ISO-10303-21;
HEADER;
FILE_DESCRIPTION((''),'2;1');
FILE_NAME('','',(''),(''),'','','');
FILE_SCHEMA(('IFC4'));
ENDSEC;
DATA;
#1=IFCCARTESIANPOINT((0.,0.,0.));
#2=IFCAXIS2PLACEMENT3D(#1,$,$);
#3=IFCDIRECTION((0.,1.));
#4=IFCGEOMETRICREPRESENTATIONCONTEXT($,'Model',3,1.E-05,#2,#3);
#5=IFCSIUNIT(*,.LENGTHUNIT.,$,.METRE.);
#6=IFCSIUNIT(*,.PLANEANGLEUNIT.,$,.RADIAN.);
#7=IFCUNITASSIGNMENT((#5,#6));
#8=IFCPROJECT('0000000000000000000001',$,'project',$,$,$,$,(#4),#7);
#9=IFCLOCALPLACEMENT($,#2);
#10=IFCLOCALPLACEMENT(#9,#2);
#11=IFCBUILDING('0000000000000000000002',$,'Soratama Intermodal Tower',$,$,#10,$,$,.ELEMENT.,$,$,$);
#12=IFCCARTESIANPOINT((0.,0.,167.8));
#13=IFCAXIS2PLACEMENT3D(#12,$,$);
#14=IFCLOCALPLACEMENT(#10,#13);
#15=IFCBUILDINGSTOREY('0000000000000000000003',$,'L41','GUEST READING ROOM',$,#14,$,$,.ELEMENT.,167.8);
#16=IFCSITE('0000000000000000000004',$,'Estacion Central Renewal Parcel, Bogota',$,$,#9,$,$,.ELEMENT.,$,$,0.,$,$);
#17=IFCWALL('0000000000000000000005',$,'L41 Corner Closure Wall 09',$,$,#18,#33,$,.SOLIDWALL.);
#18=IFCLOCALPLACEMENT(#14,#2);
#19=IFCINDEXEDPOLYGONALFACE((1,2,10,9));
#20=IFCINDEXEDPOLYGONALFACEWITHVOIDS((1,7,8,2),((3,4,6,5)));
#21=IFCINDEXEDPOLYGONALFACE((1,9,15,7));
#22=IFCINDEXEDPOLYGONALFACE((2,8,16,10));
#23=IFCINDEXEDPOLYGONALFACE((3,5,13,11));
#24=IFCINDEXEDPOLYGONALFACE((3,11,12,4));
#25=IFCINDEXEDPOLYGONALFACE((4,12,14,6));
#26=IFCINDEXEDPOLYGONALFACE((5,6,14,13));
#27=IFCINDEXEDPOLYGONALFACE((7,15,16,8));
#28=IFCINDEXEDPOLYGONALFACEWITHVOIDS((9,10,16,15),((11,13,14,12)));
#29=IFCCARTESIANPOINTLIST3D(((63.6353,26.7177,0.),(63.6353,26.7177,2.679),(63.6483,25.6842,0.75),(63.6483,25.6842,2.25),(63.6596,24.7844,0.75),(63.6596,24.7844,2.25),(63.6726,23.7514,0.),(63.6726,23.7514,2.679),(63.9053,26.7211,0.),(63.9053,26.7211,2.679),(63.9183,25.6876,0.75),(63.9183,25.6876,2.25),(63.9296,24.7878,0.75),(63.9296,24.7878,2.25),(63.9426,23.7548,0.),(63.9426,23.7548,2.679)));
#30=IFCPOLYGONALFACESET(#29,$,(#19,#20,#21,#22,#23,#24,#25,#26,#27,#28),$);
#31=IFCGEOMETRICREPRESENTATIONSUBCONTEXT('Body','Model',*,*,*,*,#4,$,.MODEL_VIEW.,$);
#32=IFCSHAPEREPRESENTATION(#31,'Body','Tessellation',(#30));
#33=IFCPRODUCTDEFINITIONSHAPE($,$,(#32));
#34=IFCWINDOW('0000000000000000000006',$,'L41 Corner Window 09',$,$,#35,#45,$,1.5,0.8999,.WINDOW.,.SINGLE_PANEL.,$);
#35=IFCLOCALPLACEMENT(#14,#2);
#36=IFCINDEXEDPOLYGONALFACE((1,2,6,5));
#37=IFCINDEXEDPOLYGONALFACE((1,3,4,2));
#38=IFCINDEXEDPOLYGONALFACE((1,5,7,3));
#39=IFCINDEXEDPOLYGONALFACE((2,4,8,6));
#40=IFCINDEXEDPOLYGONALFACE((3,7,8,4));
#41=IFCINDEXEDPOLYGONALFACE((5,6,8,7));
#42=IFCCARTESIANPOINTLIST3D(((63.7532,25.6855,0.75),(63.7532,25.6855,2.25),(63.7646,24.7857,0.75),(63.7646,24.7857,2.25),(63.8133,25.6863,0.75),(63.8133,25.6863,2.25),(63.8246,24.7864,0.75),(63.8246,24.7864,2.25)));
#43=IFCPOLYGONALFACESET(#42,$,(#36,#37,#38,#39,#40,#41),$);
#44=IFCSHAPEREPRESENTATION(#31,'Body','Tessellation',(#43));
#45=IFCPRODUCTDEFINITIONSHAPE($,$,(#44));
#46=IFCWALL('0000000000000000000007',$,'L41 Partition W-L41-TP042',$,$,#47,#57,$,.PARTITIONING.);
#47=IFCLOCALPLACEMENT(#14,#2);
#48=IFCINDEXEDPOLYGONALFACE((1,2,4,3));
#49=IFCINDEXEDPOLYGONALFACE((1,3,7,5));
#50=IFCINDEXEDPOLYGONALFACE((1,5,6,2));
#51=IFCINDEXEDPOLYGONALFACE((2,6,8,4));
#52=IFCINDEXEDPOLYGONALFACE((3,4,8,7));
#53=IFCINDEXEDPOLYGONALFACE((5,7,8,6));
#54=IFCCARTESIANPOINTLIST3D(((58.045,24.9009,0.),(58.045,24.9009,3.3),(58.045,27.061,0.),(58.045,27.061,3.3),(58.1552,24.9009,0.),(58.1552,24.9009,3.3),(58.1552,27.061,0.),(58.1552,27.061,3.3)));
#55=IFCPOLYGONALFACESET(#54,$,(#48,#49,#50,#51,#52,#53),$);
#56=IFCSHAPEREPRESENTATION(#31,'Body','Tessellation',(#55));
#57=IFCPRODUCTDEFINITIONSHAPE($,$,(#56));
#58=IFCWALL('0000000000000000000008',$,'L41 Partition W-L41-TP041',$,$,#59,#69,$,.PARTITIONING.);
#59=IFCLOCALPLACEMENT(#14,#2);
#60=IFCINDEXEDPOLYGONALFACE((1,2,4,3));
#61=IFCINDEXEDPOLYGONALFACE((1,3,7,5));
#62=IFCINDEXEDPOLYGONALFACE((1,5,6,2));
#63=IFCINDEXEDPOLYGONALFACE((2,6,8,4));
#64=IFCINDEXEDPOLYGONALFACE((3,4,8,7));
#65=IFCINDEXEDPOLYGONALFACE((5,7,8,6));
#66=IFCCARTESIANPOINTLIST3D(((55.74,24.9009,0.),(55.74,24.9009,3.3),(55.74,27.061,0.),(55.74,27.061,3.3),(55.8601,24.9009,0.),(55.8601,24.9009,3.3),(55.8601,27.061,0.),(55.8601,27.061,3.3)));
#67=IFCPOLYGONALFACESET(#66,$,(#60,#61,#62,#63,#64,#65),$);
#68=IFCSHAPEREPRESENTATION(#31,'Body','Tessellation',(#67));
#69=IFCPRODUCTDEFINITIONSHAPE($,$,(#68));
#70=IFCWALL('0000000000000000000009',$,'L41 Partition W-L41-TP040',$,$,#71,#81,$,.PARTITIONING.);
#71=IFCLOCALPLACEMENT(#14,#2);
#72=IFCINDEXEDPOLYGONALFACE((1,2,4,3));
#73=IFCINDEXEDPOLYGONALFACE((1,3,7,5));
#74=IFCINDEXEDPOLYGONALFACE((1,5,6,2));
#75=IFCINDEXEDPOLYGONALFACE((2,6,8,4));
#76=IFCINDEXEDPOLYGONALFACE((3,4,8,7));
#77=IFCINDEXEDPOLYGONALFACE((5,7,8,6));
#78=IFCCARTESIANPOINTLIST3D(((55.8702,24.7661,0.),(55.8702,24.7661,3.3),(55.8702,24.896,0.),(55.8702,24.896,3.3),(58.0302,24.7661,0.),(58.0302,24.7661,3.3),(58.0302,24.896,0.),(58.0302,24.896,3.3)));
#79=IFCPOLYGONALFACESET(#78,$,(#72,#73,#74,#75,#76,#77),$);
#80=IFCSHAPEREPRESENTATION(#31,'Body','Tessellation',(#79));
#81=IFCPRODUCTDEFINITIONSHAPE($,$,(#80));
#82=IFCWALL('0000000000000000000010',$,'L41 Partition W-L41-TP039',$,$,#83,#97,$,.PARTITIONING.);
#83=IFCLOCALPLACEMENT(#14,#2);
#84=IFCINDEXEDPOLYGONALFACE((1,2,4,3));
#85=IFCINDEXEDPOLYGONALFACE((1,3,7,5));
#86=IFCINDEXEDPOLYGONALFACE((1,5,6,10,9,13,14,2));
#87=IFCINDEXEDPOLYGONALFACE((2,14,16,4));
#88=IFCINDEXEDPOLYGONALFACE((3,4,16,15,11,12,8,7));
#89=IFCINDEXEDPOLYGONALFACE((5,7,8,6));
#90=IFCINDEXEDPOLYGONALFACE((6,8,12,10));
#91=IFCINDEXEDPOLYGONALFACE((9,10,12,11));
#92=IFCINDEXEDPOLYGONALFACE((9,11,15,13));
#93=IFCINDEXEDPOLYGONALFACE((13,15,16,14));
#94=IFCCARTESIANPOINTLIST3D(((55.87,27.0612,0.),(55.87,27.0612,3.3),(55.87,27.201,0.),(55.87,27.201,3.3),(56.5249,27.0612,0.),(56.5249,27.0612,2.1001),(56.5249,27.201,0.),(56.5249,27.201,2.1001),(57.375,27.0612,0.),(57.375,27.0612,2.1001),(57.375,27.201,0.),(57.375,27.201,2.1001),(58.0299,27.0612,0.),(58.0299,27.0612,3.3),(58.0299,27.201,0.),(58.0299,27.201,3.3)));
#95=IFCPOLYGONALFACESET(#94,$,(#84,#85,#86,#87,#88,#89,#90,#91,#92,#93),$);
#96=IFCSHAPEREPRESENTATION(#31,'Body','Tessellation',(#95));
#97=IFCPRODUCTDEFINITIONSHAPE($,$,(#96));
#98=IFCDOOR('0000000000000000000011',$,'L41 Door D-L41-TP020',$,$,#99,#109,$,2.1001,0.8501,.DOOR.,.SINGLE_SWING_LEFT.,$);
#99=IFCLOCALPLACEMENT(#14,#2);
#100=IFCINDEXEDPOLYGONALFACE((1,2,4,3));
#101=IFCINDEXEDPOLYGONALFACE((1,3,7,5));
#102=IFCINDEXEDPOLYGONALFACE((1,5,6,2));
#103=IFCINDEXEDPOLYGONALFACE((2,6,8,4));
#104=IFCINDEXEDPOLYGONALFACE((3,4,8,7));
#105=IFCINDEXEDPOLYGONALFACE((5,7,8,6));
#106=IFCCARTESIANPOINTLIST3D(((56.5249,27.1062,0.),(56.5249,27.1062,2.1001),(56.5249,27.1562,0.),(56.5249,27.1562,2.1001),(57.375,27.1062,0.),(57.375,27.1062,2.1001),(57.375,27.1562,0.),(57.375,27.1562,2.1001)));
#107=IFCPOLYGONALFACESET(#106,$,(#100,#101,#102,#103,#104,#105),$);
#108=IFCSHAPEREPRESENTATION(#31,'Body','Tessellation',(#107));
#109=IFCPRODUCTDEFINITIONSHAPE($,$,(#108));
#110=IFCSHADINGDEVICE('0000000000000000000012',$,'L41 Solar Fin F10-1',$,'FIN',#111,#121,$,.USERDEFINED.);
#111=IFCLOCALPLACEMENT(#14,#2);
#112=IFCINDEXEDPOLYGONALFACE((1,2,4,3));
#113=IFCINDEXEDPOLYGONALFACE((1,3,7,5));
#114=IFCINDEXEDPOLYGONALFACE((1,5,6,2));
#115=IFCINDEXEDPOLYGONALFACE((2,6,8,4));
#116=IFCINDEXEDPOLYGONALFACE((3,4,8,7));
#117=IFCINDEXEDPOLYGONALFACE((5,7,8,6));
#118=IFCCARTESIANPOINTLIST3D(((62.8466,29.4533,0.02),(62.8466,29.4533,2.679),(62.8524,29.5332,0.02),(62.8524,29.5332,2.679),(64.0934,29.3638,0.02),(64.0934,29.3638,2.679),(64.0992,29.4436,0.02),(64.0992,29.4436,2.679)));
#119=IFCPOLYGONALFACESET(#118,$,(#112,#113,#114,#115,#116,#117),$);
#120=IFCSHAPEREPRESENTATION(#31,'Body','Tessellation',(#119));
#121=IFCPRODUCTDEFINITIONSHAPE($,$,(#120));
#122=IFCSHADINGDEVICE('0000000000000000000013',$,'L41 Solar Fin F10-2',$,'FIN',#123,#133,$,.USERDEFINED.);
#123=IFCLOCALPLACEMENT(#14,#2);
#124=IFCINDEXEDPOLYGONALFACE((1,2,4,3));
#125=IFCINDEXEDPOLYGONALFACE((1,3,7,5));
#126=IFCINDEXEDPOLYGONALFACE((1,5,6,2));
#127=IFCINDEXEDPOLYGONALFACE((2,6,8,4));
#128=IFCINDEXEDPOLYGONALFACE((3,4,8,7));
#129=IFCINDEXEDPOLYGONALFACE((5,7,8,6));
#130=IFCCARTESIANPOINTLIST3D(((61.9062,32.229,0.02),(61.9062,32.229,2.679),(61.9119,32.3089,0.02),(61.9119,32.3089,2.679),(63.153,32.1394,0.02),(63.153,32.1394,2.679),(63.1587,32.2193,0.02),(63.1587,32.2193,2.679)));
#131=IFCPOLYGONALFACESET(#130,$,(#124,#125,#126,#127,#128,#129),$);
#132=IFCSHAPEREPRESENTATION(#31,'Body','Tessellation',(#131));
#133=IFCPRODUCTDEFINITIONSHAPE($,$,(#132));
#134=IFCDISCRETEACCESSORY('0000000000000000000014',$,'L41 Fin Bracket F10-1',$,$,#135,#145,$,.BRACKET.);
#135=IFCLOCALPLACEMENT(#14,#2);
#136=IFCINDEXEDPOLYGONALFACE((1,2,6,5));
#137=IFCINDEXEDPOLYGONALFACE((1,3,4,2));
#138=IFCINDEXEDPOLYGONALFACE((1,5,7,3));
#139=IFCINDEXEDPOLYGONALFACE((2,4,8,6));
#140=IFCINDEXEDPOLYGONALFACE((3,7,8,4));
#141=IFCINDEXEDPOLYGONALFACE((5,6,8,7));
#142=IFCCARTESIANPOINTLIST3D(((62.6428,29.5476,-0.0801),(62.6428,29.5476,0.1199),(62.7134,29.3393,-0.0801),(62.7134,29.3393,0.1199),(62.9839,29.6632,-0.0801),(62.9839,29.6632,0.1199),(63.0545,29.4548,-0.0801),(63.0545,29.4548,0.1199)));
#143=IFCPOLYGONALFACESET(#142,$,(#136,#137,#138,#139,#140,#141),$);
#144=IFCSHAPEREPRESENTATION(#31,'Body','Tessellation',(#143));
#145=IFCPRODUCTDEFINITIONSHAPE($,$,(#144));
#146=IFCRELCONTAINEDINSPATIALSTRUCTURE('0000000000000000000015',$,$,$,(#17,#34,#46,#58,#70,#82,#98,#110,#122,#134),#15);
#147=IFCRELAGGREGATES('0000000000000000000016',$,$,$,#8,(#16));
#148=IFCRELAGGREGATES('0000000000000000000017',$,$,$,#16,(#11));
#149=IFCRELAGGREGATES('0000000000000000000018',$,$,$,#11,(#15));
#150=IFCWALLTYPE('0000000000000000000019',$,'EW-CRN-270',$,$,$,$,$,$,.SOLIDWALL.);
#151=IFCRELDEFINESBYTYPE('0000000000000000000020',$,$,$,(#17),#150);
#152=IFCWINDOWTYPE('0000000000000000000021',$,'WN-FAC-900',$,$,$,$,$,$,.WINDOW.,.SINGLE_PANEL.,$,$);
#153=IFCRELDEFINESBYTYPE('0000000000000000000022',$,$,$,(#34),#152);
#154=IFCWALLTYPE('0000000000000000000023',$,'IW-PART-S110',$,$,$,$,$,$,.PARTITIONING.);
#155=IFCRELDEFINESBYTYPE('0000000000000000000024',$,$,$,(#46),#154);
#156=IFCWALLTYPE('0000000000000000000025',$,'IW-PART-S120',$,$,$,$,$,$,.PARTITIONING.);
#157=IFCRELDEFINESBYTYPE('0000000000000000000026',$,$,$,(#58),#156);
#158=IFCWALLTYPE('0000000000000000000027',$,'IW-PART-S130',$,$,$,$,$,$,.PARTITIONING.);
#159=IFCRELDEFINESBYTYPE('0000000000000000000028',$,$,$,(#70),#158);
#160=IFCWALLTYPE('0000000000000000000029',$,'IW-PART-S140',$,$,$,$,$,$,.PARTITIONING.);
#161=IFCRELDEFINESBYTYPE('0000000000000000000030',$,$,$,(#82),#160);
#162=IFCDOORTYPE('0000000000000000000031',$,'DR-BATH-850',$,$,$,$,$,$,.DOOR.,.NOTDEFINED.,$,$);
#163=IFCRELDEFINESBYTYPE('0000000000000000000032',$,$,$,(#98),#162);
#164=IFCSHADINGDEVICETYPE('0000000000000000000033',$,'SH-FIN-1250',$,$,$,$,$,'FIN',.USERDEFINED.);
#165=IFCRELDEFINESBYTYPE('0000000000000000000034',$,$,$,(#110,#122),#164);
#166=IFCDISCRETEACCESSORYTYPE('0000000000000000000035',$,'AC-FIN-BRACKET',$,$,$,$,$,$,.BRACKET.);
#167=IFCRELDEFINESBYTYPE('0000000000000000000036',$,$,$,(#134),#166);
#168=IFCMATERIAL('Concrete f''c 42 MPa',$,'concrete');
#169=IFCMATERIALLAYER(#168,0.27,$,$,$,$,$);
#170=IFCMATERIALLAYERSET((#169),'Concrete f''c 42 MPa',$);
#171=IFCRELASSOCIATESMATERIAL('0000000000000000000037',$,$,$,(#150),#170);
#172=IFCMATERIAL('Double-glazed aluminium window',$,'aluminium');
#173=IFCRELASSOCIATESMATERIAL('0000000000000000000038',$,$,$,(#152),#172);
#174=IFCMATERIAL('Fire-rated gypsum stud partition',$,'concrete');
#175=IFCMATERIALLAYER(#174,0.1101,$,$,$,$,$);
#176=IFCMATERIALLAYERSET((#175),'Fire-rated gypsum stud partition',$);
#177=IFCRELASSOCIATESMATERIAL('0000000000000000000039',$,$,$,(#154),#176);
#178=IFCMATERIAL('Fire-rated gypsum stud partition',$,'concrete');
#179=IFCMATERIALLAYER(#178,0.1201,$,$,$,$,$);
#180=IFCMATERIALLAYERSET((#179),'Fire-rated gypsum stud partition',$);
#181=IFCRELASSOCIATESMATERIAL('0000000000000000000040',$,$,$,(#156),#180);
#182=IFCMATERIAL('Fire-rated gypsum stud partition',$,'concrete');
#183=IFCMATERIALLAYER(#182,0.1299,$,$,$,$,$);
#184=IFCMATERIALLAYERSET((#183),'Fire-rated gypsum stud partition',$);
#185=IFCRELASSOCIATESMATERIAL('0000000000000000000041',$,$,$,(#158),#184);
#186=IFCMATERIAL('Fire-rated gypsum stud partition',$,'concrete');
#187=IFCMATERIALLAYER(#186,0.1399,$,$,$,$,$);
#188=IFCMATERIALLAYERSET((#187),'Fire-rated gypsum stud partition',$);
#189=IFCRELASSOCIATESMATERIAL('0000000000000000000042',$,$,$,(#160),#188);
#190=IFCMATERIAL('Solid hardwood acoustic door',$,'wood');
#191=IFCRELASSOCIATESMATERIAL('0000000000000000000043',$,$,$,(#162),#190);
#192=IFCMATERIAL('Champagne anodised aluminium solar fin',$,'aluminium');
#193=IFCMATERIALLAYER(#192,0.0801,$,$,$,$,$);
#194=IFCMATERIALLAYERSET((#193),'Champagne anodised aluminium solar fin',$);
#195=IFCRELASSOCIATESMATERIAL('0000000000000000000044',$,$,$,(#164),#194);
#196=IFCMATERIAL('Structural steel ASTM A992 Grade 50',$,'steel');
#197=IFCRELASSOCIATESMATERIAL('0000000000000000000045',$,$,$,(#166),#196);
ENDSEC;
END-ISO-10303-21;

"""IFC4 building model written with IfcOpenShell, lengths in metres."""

from ifc_helpers import new_model, si_unit, direction, frame, frame_2d, origin, origin_2d, place, context, subcontext, project, spatial, rectangle, extrude, material, layer, layer_set, type_object, element, fill, save


model = new_model("IFC4")

# Units and contexts
model_context = context("Model", 3, precision=1e-05, world=origin(), true_north=direction((0.0, 1.0)))
body_context = subcontext(model_context, "Body", "Model", "MODEL_VIEW")
ifc_project = project(units=[si_unit("LENGTHUNIT", "METRE"), si_unit("PLANEANGLEUNIT", "RADIAN")], contexts=[model_context])

# Site, building, storey
site_placement = place(None, origin())
site = spatial("IfcSite", under=ifc_project, at=site_placement, Name="Estacion Central Renewal Parcel, Bogota", CompositionType="ELEMENT", RefElevation=0.0)
building_placement = place(site_placement, origin())
building = spatial("IfcBuilding", under=site, at=building_placement, Name="Soratama Intermodal Tower", CompositionType="ELEMENT")
storey_placement = place(building_placement, frame((0.0, 0.0, 167.8)))
storey = spatial("IfcBuildingStorey", under=building, at=storey_placement, Name="L41", Description="GUEST READING ROOM", CompositionType="ELEMENT", Elevation=167.8)

# Wall, opening, window
ifc_material_1 = material(Name="Concrete f'c 42 MPa", Category="concrete")
ifc_layer_1 = layer(ifc_material_1, 0.27)
ifc_layer_set_1 = layer_set([ifc_layer_1], Name="Concrete f'c 42 MPa")
wall_type_1 = type_object("IfcWallType", Name="EW-CRN-270", PredefinedType="SOLIDWALL", material=ifc_layer_set_1)
wall_1_placement = place(storey_placement, frame((63.8076, 23.7529, 0.0), z_axis=(0.0, 0.0, 1.0), x_axis=(-0.012592, 0.999921, 0.0)))
wall_1 = element("IfcWall", 1, at=wall_1_placement, inside=storey, type_object=wall_type_1, Name="L41 Corner Closure Wall 09", PredefinedType="SOLIDWALL", context=body_context, shape_type="SweptSolid", body=[
    extrude(rectangle(XDim=2.9666, YDim=0.27, at=frame_2d((1.4834, 0.0))), origin(), (0.0, 0.0, 1.0), 2.679),
])
opening_1_placement = place(wall_1_placement, frame((1.0332, 0.0, 0.75)))
opening_1 = element("IfcOpeningElement", 2, at=opening_1_placement, cuts=wall_1, PredefinedType="OPENING", context=body_context, shape_type="SweptSolid", body=[
    extrude(rectangle(XDim=0.8999, YDim=1.5, at=frame_2d((0.45, 0.75))), frame((0.0, 0.145, 0.0), z_axis=(0.0, -1.0, 0.0), x_axis=(1.0, 0.0, 0.0)), (0.0, 0.0, 1.0), 0.29),
])
ifc_material_2 = material(Name="Double-glazed aluminium window", Category="aluminium")
window_type = type_object("IfcWindowType", Name="WN-FAC-900", PartitioningType="SINGLE_PANEL", PredefinedType="WINDOW", material=ifc_material_2)
window_placement = place(opening_1_placement, origin())
window = element("IfcWindow", 3, at=window_placement, inside=storey, type_object=window_type, Name="L41 Corner Window 09", OverallHeight=1.5, OverallWidth=0.8999, PartitioningType="SINGLE_PANEL", PredefinedType="WINDOW", context=body_context, shape_type="SweptSolid", body=[
    extrude(rectangle(XDim=0.8999, YDim=1.5, at=frame_2d((0.45, 0.75))), frame((0.0, 0.03, 0.0), z_axis=(0.0, -1.0, 0.0), x_axis=(1.0, 0.0, 0.0)), (0.0, 0.0, 1.0), 0.0601),
])
fill(opening_1, window)

# Walls
ifc_material_3 = material(Name="Fire-rated gypsum stud partition", Category="concrete")
ifc_layer_2 = layer(ifc_material_3, 0.1101)
ifc_layer_set_2 = layer_set([ifc_layer_2], Name="Fire-rated gypsum stud partition")
wall_type_2 = type_object("IfcWallType", Name="IW-PART-S110", PredefinedType="PARTITIONING", material=ifc_layer_set_2)
wall_2_placement = place(storey_placement, frame((58.1001, 24.9009, 0.0), z_axis=(0.0, 0.0, 1.0), x_axis=(0.0, 1.0, 0.0)))
element("IfcWall", 4, at=wall_2_placement, inside=storey, type_object=wall_type_2, Name="L41 Partition W-L41-TP042", PredefinedType="PARTITIONING", context=body_context, shape_type="SweptSolid", body=[
    extrude(rectangle(XDim=2.1602, YDim=0.1101, at=frame_2d((1.0801, 0.0))), origin(), (0.0, 0.0, 1.0), 3.3),
])
ifc_material_4 = material(Name="Fire-rated gypsum stud partition", Category="concrete")
ifc_layer_3 = layer(ifc_material_4, 0.1201)
ifc_layer_set_3 = layer_set([ifc_layer_3], Name="Fire-rated gypsum stud partition")
wall_type_3 = type_object("IfcWallType", Name="IW-PART-S120", PredefinedType="PARTITIONING", material=ifc_layer_set_3)
wall_3_placement = place(storey_placement, frame((55.8, 27.061, 0.0), z_axis=(0.0, 0.0, 1.0), x_axis=(0.0, -1.0, 0.0)))
element("IfcWall", 5, at=wall_3_placement, inside=storey, type_object=wall_type_3, Name="L41 Partition W-L41-TP041", PredefinedType="PARTITIONING", context=body_context, shape_type="SweptSolid", body=[
    extrude(rectangle(XDim=2.1602, YDim=0.1201, at=frame_2d((1.0801, 0.0))), origin(), (0.0, 0.0, 1.0), 3.3),
])
ifc_material_5 = material(Name="Fire-rated gypsum stud partition", Category="concrete")
ifc_layer_4 = layer(ifc_material_5, 0.1299)
ifc_layer_set_4 = layer_set([ifc_layer_4], Name="Fire-rated gypsum stud partition")
wall_type_4 = type_object("IfcWallType", Name="IW-PART-S130", PredefinedType="PARTITIONING", material=ifc_layer_set_4)
wall_4_placement = place(storey_placement, frame((55.8701, 24.8311, 0.0), z_axis=(0.0, 0.0, 1.0), x_axis=(1.0, 0.0, 0.0)))
element("IfcWall", 6, at=wall_4_placement, inside=storey, type_object=wall_type_4, Name="L41 Partition W-L41-TP040", PredefinedType="PARTITIONING", context=body_context, shape_type="SweptSolid", body=[
    extrude(rectangle(XDim=2.1599, YDim=0.1299, at=frame_2d((1.0801, 0.0))), origin(), (0.0, 0.0, 1.0), 3.3),
])

# Wall, opening, door
ifc_material_6 = material(Name="Fire-rated gypsum stud partition", Category="concrete")
ifc_layer_5 = layer(ifc_material_6, 0.1399)
ifc_layer_set_5 = layer_set([ifc_layer_5], Name="Fire-rated gypsum stud partition")
wall_type_5 = type_object("IfcWallType", Name="IW-PART-S140", PredefinedType="PARTITIONING", material=ifc_layer_set_5)
wall_5_placement = place(storey_placement, frame((58.03, 27.1311, 0.0), z_axis=(0.0, 0.0, 1.0), x_axis=(-1.0, 0.0, 0.0)))
wall_5 = element("IfcWall", 7, at=wall_5_placement, inside=storey, type_object=wall_type_5, Name="L41 Partition W-L41-TP039", PredefinedType="PARTITIONING", context=body_context, shape_type="SweptSolid", body=[
    extrude(rectangle(XDim=2.1599, YDim=0.1399, at=frame_2d((1.0801, 0.0))), origin(), (0.0, 0.0, 1.0), 3.3),
])
opening_2_placement = place(wall_5_placement, frame((0.655, 0.0, 0.0)))
opening_2 = element("IfcOpeningElement", 8, at=opening_2_placement, cuts=wall_5, PredefinedType="OPENING", context=body_context, shape_type="SweptSolid", body=[
    extrude(rectangle(XDim=0.8501, YDim=2.1001, at=frame_2d((0.425, 1.05))), frame((0.0, 0.0798, 0.0), z_axis=(0.0, -1.0, 0.0), x_axis=(1.0, 0.0, 0.0)), (0.0, 0.0, 1.0), 0.1599),
])
ifc_material_7 = material(Name="Solid hardwood acoustic door", Category="wood")
door_type = type_object("IfcDoorType", Name="DR-BATH-850", OperationType="NOTDEFINED", PredefinedType="DOOR", material=ifc_material_7)
door_placement = place(opening_2_placement, origin())
door = element("IfcDoor", 9, at=door_placement, inside=storey, type_object=door_type, Name="L41 Door D-L41-TP020", OperationType="SINGLE_SWING_LEFT", OverallHeight=2.1001, OverallWidth=0.8501, PredefinedType="DOOR", context=body_context, shape_type="SweptSolid", body=[
    extrude(rectangle(XDim=0.8501, YDim=2.1001, at=frame_2d((0.425, 1.05))), frame((0.0, 0.0249, 0.0), z_axis=(0.0, -1.0, 0.0), x_axis=(1.0, 0.0, 0.0)), (0.0, 0.0, 1.0), 0.05),
])
fill(opening_2, door)

# Shading devices
ifc_material_8 = material(Name="Champagne anodised aluminium solar fin", Category="aluminium")
ifc_layer_6 = layer(ifc_material_8, 0.0801)
ifc_layer_set_6 = layer_set([ifc_layer_6], Name="Champagne anodised aluminium solar fin")
shading_device_type = type_object("IfcShadingDeviceType", Name="SH-FIN-1250", ElementType="FIN", PredefinedType="USERDEFINED", material=ifc_layer_set_6)
for number, where, z_axis, x_axis, name in (
    (10, (63.4729, 29.4485, 0.02), (0.0, 0.0, 1.0), (0.997428, -0.071672, 0.0), "L41 Solar Fin F10-1"),
    (11, (62.5325, 32.2241, 0.02), (0.0, 0.0, 1.0), (0.997428, -0.071672, 0.0), "L41 Solar Fin F10-2"),
):
    element("IfcShadingDevice", number, at=place(storey_placement, frame(where, z_axis=z_axis, x_axis=x_axis)), inside=storey, type_object=shading_device_type, Name=name, ObjectType="FIN", PredefinedType="USERDEFINED", context=body_context, shape_type="SweptSolid", body=[
        extrude(rectangle(XDim=1.25, YDim=0.0801, at=origin_2d()), origin(), (0.0, 0.0, 1.0), 2.6589),
    ])

# Discrete accessory
ifc_material_9 = material(Name="Structural steel ASTM A992 Grade 50", Category="steel")
discrete_accessory_type = type_object("IfcDiscreteAccessoryType", Name="AC-FIN-BRACKET", PredefinedType="BRACKET", material=ifc_material_9)
discrete_accessory_placement = place(storey_placement, frame((62.8486, 29.5012, -0.0801), z_axis=(0.0, 0.0, 1.0), x_axis=(0.947098, 0.320944, 0.0)))
element("IfcDiscreteAccessory", 12, at=discrete_accessory_placement, inside=storey, type_object=discrete_accessory_type, Name="L41 Fin Bracket F10-1", PredefinedType="BRACKET", context=body_context, shape_type="SweptSolid", body=[
    extrude(rectangle(XDim=0.3601, YDim=0.22, at=origin_2d()), origin(), (0.0, 0.0, 1.0), 0.2),
])

save(model, "model.ifc")
